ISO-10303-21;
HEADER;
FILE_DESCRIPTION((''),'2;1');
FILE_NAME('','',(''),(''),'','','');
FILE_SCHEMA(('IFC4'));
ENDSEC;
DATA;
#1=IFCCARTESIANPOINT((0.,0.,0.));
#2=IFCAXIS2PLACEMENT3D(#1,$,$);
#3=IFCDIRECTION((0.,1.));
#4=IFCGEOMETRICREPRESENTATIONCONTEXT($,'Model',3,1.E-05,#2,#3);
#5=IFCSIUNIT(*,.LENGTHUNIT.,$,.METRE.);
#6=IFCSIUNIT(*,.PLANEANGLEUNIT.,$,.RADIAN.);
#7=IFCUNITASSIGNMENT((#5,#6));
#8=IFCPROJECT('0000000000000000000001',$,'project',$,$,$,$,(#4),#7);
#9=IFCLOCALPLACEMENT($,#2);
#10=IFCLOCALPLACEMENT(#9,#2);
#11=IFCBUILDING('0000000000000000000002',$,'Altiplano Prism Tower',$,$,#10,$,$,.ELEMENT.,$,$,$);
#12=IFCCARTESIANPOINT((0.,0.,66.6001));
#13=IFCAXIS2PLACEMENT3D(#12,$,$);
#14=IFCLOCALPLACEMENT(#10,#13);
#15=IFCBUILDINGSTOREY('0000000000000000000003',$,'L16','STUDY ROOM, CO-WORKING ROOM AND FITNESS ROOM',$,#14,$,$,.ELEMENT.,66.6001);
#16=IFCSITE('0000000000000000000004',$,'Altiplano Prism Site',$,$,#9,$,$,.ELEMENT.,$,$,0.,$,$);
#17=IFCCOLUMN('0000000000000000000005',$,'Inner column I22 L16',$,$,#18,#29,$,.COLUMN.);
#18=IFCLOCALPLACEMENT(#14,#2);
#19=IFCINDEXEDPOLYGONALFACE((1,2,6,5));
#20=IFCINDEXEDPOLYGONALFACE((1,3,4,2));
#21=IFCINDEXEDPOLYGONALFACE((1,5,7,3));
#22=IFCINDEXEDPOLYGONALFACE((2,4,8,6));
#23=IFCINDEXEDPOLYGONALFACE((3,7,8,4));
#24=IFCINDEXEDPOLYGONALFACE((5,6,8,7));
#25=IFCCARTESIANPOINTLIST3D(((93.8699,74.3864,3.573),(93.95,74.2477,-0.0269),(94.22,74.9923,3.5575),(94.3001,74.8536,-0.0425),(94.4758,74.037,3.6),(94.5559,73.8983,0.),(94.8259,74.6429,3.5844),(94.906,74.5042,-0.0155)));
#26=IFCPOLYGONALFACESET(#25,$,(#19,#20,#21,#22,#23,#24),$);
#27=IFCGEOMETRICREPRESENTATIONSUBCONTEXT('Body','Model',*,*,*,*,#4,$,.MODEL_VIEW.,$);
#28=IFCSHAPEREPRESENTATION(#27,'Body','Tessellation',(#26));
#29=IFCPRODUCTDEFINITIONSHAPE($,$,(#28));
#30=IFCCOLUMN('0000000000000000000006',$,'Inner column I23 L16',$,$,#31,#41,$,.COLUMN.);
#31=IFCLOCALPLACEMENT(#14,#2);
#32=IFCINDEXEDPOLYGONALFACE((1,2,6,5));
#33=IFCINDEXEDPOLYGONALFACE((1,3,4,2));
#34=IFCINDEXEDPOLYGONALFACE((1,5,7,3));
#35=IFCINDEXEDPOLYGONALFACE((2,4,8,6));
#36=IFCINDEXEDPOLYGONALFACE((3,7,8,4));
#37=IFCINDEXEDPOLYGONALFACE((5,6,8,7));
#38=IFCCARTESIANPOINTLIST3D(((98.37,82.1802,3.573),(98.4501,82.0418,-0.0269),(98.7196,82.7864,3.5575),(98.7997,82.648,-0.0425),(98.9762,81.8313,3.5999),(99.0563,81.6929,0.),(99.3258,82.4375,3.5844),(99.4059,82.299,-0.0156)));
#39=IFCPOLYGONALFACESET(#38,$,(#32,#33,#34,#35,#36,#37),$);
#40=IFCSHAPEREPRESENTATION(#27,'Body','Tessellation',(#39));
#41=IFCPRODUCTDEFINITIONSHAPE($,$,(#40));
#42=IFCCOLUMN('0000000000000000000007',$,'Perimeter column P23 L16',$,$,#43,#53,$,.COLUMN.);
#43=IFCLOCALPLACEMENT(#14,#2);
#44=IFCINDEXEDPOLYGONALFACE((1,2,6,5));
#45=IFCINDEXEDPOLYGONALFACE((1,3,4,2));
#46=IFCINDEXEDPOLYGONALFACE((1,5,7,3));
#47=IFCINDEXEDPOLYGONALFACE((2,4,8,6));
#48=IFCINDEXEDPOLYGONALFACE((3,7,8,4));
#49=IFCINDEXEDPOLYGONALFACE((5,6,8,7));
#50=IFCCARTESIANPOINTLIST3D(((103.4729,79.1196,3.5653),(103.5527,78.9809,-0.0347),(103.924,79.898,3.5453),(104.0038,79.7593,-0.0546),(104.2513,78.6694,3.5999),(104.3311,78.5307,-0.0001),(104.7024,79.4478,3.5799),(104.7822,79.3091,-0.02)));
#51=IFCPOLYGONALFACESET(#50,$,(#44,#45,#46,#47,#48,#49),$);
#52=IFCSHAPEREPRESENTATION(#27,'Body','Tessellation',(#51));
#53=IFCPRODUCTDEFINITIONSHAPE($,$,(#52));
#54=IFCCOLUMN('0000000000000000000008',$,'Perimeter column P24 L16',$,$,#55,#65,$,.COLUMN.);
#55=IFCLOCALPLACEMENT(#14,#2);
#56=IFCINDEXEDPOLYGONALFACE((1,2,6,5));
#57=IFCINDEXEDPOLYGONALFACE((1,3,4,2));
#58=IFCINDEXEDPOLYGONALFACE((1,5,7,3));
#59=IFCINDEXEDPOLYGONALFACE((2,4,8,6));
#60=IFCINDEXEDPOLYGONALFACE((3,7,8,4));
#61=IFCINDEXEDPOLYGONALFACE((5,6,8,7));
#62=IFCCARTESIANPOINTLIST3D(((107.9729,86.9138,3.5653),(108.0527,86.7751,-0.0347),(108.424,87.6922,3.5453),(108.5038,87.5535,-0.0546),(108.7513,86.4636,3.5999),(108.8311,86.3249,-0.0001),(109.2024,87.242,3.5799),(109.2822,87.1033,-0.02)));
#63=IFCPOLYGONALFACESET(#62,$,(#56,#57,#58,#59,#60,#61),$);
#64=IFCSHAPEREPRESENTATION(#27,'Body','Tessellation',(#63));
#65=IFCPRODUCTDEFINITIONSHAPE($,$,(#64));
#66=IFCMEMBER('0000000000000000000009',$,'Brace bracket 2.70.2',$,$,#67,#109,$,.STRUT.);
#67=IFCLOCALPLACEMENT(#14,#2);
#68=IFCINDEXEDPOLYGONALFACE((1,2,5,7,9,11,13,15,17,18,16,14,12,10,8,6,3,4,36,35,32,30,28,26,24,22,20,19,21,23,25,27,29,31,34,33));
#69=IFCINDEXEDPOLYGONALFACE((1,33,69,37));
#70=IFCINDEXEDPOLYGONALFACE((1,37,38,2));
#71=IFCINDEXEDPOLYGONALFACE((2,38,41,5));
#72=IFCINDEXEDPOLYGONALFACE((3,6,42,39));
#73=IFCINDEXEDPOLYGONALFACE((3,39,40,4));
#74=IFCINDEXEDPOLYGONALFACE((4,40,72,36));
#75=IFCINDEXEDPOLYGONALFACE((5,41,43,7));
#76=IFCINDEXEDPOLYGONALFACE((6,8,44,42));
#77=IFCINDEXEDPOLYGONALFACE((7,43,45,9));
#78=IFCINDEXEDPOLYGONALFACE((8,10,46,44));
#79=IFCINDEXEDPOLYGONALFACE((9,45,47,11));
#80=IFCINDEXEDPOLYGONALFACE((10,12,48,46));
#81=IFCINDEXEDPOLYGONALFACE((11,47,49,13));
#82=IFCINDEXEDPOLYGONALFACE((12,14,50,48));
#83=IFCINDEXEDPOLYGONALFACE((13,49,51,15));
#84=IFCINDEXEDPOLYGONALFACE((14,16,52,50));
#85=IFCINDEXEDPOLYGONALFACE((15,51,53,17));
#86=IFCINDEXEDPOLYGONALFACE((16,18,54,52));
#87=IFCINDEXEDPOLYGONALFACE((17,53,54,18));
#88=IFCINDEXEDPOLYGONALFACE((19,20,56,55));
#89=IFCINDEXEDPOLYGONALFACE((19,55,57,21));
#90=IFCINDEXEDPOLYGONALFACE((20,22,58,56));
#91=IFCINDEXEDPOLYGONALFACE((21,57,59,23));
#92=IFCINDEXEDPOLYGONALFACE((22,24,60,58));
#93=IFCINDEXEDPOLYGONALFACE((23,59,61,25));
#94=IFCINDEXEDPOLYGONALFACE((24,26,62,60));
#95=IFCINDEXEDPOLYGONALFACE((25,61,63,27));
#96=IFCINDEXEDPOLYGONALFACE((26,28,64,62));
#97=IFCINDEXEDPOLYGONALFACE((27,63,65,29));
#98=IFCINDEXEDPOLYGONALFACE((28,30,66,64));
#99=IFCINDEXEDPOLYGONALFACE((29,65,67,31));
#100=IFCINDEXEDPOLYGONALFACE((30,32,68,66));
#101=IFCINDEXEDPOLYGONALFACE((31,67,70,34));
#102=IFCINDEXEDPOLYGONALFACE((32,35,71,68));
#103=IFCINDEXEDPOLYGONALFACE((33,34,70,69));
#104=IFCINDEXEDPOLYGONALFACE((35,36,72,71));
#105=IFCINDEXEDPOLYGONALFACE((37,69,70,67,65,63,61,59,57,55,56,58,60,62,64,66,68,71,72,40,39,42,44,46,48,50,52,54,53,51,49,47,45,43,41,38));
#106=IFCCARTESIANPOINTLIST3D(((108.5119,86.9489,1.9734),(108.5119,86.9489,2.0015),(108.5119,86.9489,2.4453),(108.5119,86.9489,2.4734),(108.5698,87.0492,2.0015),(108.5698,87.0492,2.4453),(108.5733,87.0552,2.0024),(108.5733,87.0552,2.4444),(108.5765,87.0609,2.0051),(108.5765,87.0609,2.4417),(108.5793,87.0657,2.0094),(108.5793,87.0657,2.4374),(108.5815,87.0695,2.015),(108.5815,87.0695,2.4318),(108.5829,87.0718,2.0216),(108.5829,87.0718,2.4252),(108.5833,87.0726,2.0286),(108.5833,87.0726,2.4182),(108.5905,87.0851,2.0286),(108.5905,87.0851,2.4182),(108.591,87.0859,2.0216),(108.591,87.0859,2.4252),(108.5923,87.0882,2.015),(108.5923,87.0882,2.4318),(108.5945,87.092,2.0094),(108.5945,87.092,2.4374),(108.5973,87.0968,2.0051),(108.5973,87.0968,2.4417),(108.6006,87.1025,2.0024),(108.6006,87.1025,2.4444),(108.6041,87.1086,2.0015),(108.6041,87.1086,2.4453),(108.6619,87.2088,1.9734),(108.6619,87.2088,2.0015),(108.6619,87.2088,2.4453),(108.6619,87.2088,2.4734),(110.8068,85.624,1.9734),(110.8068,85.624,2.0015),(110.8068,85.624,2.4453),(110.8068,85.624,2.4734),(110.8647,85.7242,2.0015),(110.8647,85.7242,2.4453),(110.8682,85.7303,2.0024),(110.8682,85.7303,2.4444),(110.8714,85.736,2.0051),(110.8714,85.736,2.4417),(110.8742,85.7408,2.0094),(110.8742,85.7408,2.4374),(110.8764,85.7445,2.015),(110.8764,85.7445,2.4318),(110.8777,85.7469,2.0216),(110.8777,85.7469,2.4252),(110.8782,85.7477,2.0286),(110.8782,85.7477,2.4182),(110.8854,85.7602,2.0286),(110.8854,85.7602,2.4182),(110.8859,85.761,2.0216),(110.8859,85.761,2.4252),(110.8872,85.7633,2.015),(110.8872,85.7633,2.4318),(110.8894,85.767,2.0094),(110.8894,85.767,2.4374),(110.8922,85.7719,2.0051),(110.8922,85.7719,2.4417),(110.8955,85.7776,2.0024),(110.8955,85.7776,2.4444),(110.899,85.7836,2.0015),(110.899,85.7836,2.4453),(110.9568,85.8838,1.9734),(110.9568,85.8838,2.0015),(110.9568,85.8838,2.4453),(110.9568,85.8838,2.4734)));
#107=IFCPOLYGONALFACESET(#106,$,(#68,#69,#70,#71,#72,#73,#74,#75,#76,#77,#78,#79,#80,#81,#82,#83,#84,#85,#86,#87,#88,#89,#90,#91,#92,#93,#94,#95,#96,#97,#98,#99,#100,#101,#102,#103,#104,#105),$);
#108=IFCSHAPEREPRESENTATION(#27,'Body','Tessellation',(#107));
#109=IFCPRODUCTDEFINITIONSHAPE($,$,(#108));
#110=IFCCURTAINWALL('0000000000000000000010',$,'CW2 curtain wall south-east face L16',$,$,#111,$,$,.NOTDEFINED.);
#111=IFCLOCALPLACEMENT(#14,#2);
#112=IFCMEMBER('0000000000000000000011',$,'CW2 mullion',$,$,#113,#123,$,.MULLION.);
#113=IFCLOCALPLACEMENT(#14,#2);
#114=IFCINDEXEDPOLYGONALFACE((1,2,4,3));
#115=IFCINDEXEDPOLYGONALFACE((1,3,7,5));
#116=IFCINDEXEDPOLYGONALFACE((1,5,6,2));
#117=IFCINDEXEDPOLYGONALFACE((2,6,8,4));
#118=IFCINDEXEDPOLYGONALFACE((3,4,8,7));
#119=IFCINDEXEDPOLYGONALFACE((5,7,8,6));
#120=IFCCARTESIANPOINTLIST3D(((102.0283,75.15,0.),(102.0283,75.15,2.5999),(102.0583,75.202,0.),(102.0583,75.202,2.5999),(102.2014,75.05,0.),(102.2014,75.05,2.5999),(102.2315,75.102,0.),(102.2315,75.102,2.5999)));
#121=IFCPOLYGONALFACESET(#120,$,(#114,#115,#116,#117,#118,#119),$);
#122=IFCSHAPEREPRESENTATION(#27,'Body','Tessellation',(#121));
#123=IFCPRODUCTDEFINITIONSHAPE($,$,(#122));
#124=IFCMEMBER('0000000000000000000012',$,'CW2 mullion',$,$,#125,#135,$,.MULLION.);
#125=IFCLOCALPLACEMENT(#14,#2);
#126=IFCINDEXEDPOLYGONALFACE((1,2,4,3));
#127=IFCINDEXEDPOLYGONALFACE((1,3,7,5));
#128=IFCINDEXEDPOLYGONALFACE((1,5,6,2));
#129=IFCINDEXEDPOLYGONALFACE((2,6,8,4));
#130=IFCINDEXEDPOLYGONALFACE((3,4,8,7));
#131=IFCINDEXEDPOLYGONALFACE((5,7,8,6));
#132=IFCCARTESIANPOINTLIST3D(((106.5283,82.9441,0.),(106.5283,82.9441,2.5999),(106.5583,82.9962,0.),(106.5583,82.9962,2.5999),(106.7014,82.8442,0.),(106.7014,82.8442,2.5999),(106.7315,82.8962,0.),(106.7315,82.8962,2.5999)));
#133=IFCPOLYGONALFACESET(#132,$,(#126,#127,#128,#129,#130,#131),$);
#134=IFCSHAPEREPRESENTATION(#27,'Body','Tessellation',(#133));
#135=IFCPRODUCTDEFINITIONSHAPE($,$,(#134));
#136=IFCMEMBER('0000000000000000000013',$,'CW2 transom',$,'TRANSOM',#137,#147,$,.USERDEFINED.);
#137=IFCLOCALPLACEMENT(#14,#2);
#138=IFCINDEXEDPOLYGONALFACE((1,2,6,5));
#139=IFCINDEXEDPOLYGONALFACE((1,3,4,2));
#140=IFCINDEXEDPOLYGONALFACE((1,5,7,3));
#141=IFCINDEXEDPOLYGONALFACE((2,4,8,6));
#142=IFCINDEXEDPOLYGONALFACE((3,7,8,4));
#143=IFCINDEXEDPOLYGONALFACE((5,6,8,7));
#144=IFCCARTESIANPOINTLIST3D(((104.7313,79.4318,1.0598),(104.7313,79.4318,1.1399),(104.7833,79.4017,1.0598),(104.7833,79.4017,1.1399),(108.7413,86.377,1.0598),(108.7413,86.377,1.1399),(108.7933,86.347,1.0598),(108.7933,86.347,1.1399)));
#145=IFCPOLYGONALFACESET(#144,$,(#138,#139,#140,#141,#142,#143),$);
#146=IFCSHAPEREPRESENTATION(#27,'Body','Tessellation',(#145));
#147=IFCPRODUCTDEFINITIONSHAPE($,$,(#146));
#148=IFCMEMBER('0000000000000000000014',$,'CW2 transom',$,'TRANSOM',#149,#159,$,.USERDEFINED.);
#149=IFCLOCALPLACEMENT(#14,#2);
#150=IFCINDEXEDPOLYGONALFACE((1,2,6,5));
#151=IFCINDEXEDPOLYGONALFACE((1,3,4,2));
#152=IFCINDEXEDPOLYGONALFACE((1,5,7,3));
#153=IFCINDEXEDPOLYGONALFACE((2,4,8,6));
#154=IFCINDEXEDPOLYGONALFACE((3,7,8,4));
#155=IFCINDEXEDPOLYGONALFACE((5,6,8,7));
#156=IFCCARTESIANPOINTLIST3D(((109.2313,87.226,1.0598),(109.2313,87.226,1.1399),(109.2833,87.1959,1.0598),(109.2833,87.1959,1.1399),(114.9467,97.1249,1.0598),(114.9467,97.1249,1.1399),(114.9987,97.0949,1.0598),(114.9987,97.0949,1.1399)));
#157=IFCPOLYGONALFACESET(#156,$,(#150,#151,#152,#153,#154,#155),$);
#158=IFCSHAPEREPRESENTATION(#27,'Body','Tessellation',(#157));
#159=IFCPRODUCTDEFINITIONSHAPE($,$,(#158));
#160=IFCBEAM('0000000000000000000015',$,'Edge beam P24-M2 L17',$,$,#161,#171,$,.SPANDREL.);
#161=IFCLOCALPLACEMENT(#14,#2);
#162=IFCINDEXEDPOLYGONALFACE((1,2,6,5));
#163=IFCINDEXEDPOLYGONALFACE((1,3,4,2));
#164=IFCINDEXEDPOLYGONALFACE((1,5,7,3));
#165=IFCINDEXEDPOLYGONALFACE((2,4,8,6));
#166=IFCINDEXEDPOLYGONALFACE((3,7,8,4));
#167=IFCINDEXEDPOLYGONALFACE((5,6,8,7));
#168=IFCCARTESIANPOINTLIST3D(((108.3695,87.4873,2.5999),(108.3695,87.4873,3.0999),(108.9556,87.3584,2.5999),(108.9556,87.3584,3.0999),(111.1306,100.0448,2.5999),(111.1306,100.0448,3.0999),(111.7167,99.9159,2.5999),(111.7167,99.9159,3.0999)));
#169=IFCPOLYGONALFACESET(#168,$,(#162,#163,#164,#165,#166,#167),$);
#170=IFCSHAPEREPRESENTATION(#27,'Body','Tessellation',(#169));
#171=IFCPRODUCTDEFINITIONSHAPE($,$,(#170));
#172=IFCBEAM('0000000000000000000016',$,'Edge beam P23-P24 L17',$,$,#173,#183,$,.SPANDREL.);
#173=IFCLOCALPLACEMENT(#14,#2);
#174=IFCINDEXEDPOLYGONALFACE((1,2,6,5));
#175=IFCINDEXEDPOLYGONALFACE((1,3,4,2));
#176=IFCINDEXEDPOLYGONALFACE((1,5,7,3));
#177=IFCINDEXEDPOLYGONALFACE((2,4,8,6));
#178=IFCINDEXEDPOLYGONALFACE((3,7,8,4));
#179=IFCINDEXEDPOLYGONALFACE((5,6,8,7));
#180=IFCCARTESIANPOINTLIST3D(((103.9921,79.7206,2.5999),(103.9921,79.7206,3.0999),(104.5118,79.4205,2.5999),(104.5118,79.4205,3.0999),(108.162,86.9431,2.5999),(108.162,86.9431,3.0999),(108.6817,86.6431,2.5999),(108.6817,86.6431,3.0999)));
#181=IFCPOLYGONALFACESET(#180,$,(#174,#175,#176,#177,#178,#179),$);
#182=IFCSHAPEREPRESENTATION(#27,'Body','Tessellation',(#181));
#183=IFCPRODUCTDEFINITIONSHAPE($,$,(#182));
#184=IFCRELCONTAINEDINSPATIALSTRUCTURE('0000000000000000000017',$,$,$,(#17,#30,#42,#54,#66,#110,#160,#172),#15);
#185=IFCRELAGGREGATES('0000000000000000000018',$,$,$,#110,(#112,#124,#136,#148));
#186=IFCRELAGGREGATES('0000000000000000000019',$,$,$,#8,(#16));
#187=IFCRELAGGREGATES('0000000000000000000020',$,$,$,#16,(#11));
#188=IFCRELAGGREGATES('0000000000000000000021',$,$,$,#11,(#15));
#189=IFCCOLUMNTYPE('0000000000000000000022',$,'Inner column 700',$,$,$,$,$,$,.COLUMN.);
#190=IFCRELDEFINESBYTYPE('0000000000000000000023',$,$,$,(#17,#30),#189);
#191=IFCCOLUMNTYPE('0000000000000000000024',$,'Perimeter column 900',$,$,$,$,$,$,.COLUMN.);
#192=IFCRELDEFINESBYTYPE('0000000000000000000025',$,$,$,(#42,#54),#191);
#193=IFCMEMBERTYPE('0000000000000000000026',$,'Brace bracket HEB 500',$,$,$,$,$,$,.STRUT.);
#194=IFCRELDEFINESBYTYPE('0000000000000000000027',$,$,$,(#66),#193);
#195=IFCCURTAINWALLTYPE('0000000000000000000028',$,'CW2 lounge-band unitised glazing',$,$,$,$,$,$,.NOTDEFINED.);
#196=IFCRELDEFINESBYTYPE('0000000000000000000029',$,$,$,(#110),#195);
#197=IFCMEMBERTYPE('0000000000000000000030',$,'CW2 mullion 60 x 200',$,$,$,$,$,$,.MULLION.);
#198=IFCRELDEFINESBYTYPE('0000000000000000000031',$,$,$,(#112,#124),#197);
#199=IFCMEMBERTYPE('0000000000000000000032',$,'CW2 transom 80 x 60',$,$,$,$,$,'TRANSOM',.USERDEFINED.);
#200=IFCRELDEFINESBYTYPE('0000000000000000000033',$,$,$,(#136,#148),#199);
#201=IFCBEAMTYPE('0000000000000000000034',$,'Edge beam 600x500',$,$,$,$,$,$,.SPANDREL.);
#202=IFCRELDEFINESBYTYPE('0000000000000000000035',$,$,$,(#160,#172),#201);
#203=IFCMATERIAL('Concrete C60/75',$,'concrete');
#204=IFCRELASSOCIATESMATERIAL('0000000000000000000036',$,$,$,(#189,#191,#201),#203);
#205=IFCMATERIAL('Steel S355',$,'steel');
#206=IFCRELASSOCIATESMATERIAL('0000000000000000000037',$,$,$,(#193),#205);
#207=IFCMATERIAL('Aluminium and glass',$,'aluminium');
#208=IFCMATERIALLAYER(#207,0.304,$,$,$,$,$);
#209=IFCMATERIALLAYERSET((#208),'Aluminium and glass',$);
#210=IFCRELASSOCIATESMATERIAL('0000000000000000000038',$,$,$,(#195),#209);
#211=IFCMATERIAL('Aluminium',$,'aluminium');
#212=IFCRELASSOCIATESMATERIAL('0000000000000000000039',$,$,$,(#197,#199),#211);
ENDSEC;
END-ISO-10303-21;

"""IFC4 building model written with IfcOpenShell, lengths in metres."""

from ifc_helpers import new_model, si_unit, direction, frame, origin, origin_2d, place, context, subcontext, project, spatial, rectangle, i_section, extrude, material, layer, layer_set, material_profile, profile_set, type_object, element, aggregate, save


model = new_model("IFC4")

# Units and contexts
model_context = context("Model", 3, precision=1e-05, world=origin(), true_north=direction((0.0, 1.0)))
body_context = subcontext(model_context, "Body", "Model", "MODEL_VIEW")
ifc_project = project(units=[si_unit("LENGTHUNIT", "METRE"), si_unit("PLANEANGLEUNIT", "RADIAN")], contexts=[model_context])

# Site, building, storey
site_placement = place(None, origin())
site = spatial("IfcSite", under=ifc_project, at=site_placement, Name="Altiplano Prism Site", CompositionType="ELEMENT", RefElevation=0.0)
building_placement = place(site_placement, origin())
building = spatial("IfcBuilding", under=site, at=building_placement, Name="Altiplano Prism Tower", CompositionType="ELEMENT")
storey_placement = place(building_placement, frame((0.0, 0.0, 66.6001)))
storey = spatial("IfcBuildingStorey", under=building, at=storey_placement, Name="L16", Description="STUDY ROOM, CO-WORKING ROOM AND FITNESS ROOM", CompositionType="ELEMENT", Elevation=66.6001)

# Columns
ifc_material_1 = material(Name="Concrete C60/75", Category="concrete")
ifc_material_profile_1 = material_profile(ifc_material_1, rectangle(XDim=0.7, YDim=0.7, at=origin_2d()), Name="Inner column 700")
ifc_profile_set_1 = profile_set([ifc_material_profile_1], Name="Concrete C60/75")
column_type_1 = type_object("IfcColumnType", Name="Inner column 700", PredefinedType="COLUMN", material=ifc_profile_set_1)
for number, where, z_axis, x_axis, name in (
    (1, (94.428, 74.376, -0.0212), (-0.022223, 0.038483, 0.999012), (-0.500175, -0.865639, 0.022219), "Inner column I22 L16"),
    (2, (98.928, 82.1704, -0.0212), (-0.022223, 0.038416, 0.999015), (-0.499506, -0.866026, 0.022191), "Inner column I23 L16"),
):
    element("IfcColumn", number, at=place(storey_placement, frame(where, z_axis=z_axis, x_axis=x_axis)), inside=storey, type_object=column_type_1, Name=name, PredefinedType="COLUMN", context=body_context, shape_type="SweptSolid", body=[
        extrude(rectangle(XDim=0.7, YDim=0.7, at=origin_2d()), origin(), (0.0, 0.0, 1.0), 3.6035),
    ])
ifc_material_profile_2 = material_profile(ifc_material_1, rectangle(XDim=0.8999, YDim=0.8999, at=origin_2d()), Name="Perimeter column 900")
ifc_profile_set_2 = profile_set([ifc_material_profile_2], Name="Concrete C60/75")
column_type_2 = type_object("IfcColumnType", Name="Perimeter column 900", PredefinedType="COLUMN", material=ifc_profile_set_2)
for number, where, z_axis, x_axis, name in (
    (3, (104.1675, 79.145, -0.0273), (-0.022155, 0.038484, 0.999014), (-0.50131, -0.864983, 0.022203), "Perimeter column P23 L16"),
    (4, (108.6675, 86.9392, -0.0273), (-0.022155, 0.038484, 0.999014), (-0.501313, -0.864981, 0.022203), "Perimeter column P24 L16"),
):
    element("IfcColumn", number, at=place(storey_placement, frame(where, z_axis=z_axis, x_axis=x_axis)), inside=storey, type_object=column_type_2, Name=name, PredefinedType="COLUMN", context=body_context, shape_type="SweptSolid", body=[
        extrude(rectangle(XDim=0.8999, YDim=0.8999, at=origin_2d()), origin(), (0.0, 0.0, 1.0), 3.6035),
    ])

# Member
ifc_material_2 = material(Name="Steel S355", Category="steel")
ifc_material_profile_3 = material_profile(ifc_material_2, i_section(OverallWidth=0.3, OverallDepth=0.5, WebThickness=0.0144, FlangeThickness=0.0281, FilletRadius=0.0271, at=origin_2d()), Name="Brace bracket HEB 500")
ifc_profile_set_3 = profile_set([ifc_material_profile_3], Name="Steel S355")
member_type_1 = type_object("IfcMemberType", Name="Brace bracket HEB 500", PredefinedType="STRUT", material=ifc_profile_set_3)
member_1_placement = place(storey_placement, frame((108.5869, 87.0789, 2.2234), z_axis=(0.866029, -0.499994, 0.0), x_axis=(0.499994, 0.866029, 0.0)))
element("IfcMember", 5, at=member_1_placement, inside=storey, type_object=member_type_1, Name="Brace bracket 2.70.2", PredefinedType="STRUT", context=body_context, shape_type="SweptSolid", body=[
    extrude(i_section(OverallWidth=0.3, OverallDepth=0.5, WebThickness=0.0144, FlangeThickness=0.0281, FilletRadius=0.0271, at=origin_2d()), origin(), (0.0, 0.0, 1.0), 2.6499),
])

# Curtain wall, members
ifc_material_3 = material(Name="Aluminium and glass", Category="aluminium")
ifc_layer_1 = layer(ifc_material_3, 0.304)
ifc_layer_set_1 = layer_set([ifc_layer_1], Name="Aluminium and glass")
curtain_wall_type = type_object("IfcCurtainWallType", Name="CW2 lounge-band unitised glazing", PredefinedType="NOTDEFINED", material=ifc_layer_set_1)
curtain_wall_placement = place(storey_placement, origin())
curtain_wall = element("IfcCurtainWall", 6, at=curtain_wall_placement, inside=storey, type_object=curtain_wall_type, Name="CW2 curtain wall south-east face L16", PredefinedType="NOTDEFINED")
ifc_material_4 = material(Name="Aluminium", Category="aluminium")
ifc_material_profile_4 = material_profile(ifc_material_4, rectangle(XDim=0.2, YDim=0.0601, at=origin_2d()), Name="CW2 mullion 60 x 200")
ifc_profile_set_4 = profile_set([ifc_material_profile_4], Name="Aluminium")
member_type_2 = type_object("IfcMemberType", Name="CW2 mullion 60 x 200", PredefinedType="MULLION", material=ifc_profile_set_4)
member_2_placement = place(storey_placement, frame((102.1299, 75.126, 0.0), z_axis=(0.0, 0.0, 1.0), x_axis=(-0.866025, 0.5, 0.0)))
member_2 = element("IfcMember", 7, at=member_2_placement, type_object=member_type_2, Name="CW2 mullion", PredefinedType="MULLION", context=body_context, shape_type="SweptSolid", body=[
    extrude(rectangle(XDim=0.2, YDim=0.0601, at=origin_2d()), origin(), (0.0, 0.0, 1.0), 2.5999),
])
member_3_placement = place(storey_placement, frame((106.6299, 82.9202, 0.0), z_axis=(0.0, 0.0, 1.0), x_axis=(-0.866025, 0.5, 0.0)))
member_3 = element("IfcMember", 8, at=member_3_placement, type_object=member_type_2, Name="CW2 mullion", PredefinedType="MULLION", context=body_context, shape_type="SweptSolid", body=[
    extrude(rectangle(XDim=0.2, YDim=0.0601, at=origin_2d()), origin(), (0.0, 0.0, 1.0), 2.5999),
])
ifc_material_profile_5 = material_profile(ifc_material_4, rectangle(XDim=0.0601, YDim=0.0801, at=origin_2d()), Name="CW2 transom 80 x 60")
ifc_profile_set_5 = profile_set([ifc_material_profile_5], Name="Aluminium")
member_type_3 = type_object("IfcMemberType", Name="CW2 transom 80 x 60", ElementType="TRANSOM", PredefinedType="USERDEFINED", material=ifc_profile_set_5)
member_4_placement = place(storey_placement, frame((104.7573, 79.4167, 1.0999), z_axis=(0.500012, 0.866018, 0.0), x_axis=(-0.866018, 0.500012, 0.0)))
member_4 = element("IfcMember", 9, at=member_4_placement, type_object=member_type_3, Name="CW2 transom", ObjectType="TRANSOM", PredefinedType="USERDEFINED", context=body_context, shape_type="SweptSolid", body=[
    extrude(rectangle(XDim=0.0601, YDim=0.0801, at=origin_2d()), origin(), (0.0, 0.0, 1.0), 8.0198),
])
member_5_placement = place(storey_placement, frame((109.2573, 87.2109, 1.0999), z_axis=(0.500012, 0.866018, 0.0), x_axis=(-0.866018, 0.500012, 0.0)))
member_5 = element("IfcMember", 10, at=member_5_placement, type_object=member_type_3, Name="CW2 transom", ObjectType="TRANSOM", PredefinedType="USERDEFINED", context=body_context, shape_type="SweptSolid", body=[
    extrude(rectangle(XDim=0.0601, YDim=0.0801, at=origin_2d()), origin(), (0.0, 0.0, 1.0), 11.4304),
])

# Beams
ifc_material_profile_6 = material_profile(ifc_material_1, rectangle(XDim=0.6001, YDim=0.5, at=origin_2d()), Name="Edge beam 600x500")
ifc_profile_set_6 = profile_set([ifc_material_profile_6], Name="Concrete C60/75")
beam_type_1 = type_object("IfcBeamType", Name="Edge beam 600x500", PredefinedType="SPANDREL", material=ifc_profile_set_6)
beam_1_placement = place(storey_placement, frame((108.6626, 87.4229, 2.8499), z_axis=(0.21474, 0.976671, 0.0), x_axis=(-0.976671, 0.21474, 0.0)))
element("IfcBeam", 11, at=beam_1_placement, inside=storey, type_object=beam_type_1, Name="Edge beam P24-M2 L17", PredefinedType="SPANDREL", context=body_context, shape_type="SweptSolid", body=[
    extrude(rectangle(XDim=0.6001, YDim=0.5, at=origin_2d()), origin(), (0.0, 0.0, 1.0), 12.8574),
])
beam_2_placement = place(storey_placement, frame((104.252, 79.5706, 2.8499), z_axis=(0.499993, 0.86603, 0.0), x_axis=(-0.86603, 0.499993, 0.0)))
element("IfcBeam", 12, at=beam_2_placement, inside=storey, type_object=beam_type_1, Name="Edge beam P23-P24 L17", PredefinedType="SPANDREL", context=body_context, shape_type="SweptSolid", body=[
    extrude(rectangle(XDim=0.6001, YDim=0.5, at=origin_2d()), origin(), (0.0, 0.0, 1.0), 8.3398),
])

aggregate(curtain_wall, [member_2, member_3, member_4, member_5])

save(model, "model.ifc")
